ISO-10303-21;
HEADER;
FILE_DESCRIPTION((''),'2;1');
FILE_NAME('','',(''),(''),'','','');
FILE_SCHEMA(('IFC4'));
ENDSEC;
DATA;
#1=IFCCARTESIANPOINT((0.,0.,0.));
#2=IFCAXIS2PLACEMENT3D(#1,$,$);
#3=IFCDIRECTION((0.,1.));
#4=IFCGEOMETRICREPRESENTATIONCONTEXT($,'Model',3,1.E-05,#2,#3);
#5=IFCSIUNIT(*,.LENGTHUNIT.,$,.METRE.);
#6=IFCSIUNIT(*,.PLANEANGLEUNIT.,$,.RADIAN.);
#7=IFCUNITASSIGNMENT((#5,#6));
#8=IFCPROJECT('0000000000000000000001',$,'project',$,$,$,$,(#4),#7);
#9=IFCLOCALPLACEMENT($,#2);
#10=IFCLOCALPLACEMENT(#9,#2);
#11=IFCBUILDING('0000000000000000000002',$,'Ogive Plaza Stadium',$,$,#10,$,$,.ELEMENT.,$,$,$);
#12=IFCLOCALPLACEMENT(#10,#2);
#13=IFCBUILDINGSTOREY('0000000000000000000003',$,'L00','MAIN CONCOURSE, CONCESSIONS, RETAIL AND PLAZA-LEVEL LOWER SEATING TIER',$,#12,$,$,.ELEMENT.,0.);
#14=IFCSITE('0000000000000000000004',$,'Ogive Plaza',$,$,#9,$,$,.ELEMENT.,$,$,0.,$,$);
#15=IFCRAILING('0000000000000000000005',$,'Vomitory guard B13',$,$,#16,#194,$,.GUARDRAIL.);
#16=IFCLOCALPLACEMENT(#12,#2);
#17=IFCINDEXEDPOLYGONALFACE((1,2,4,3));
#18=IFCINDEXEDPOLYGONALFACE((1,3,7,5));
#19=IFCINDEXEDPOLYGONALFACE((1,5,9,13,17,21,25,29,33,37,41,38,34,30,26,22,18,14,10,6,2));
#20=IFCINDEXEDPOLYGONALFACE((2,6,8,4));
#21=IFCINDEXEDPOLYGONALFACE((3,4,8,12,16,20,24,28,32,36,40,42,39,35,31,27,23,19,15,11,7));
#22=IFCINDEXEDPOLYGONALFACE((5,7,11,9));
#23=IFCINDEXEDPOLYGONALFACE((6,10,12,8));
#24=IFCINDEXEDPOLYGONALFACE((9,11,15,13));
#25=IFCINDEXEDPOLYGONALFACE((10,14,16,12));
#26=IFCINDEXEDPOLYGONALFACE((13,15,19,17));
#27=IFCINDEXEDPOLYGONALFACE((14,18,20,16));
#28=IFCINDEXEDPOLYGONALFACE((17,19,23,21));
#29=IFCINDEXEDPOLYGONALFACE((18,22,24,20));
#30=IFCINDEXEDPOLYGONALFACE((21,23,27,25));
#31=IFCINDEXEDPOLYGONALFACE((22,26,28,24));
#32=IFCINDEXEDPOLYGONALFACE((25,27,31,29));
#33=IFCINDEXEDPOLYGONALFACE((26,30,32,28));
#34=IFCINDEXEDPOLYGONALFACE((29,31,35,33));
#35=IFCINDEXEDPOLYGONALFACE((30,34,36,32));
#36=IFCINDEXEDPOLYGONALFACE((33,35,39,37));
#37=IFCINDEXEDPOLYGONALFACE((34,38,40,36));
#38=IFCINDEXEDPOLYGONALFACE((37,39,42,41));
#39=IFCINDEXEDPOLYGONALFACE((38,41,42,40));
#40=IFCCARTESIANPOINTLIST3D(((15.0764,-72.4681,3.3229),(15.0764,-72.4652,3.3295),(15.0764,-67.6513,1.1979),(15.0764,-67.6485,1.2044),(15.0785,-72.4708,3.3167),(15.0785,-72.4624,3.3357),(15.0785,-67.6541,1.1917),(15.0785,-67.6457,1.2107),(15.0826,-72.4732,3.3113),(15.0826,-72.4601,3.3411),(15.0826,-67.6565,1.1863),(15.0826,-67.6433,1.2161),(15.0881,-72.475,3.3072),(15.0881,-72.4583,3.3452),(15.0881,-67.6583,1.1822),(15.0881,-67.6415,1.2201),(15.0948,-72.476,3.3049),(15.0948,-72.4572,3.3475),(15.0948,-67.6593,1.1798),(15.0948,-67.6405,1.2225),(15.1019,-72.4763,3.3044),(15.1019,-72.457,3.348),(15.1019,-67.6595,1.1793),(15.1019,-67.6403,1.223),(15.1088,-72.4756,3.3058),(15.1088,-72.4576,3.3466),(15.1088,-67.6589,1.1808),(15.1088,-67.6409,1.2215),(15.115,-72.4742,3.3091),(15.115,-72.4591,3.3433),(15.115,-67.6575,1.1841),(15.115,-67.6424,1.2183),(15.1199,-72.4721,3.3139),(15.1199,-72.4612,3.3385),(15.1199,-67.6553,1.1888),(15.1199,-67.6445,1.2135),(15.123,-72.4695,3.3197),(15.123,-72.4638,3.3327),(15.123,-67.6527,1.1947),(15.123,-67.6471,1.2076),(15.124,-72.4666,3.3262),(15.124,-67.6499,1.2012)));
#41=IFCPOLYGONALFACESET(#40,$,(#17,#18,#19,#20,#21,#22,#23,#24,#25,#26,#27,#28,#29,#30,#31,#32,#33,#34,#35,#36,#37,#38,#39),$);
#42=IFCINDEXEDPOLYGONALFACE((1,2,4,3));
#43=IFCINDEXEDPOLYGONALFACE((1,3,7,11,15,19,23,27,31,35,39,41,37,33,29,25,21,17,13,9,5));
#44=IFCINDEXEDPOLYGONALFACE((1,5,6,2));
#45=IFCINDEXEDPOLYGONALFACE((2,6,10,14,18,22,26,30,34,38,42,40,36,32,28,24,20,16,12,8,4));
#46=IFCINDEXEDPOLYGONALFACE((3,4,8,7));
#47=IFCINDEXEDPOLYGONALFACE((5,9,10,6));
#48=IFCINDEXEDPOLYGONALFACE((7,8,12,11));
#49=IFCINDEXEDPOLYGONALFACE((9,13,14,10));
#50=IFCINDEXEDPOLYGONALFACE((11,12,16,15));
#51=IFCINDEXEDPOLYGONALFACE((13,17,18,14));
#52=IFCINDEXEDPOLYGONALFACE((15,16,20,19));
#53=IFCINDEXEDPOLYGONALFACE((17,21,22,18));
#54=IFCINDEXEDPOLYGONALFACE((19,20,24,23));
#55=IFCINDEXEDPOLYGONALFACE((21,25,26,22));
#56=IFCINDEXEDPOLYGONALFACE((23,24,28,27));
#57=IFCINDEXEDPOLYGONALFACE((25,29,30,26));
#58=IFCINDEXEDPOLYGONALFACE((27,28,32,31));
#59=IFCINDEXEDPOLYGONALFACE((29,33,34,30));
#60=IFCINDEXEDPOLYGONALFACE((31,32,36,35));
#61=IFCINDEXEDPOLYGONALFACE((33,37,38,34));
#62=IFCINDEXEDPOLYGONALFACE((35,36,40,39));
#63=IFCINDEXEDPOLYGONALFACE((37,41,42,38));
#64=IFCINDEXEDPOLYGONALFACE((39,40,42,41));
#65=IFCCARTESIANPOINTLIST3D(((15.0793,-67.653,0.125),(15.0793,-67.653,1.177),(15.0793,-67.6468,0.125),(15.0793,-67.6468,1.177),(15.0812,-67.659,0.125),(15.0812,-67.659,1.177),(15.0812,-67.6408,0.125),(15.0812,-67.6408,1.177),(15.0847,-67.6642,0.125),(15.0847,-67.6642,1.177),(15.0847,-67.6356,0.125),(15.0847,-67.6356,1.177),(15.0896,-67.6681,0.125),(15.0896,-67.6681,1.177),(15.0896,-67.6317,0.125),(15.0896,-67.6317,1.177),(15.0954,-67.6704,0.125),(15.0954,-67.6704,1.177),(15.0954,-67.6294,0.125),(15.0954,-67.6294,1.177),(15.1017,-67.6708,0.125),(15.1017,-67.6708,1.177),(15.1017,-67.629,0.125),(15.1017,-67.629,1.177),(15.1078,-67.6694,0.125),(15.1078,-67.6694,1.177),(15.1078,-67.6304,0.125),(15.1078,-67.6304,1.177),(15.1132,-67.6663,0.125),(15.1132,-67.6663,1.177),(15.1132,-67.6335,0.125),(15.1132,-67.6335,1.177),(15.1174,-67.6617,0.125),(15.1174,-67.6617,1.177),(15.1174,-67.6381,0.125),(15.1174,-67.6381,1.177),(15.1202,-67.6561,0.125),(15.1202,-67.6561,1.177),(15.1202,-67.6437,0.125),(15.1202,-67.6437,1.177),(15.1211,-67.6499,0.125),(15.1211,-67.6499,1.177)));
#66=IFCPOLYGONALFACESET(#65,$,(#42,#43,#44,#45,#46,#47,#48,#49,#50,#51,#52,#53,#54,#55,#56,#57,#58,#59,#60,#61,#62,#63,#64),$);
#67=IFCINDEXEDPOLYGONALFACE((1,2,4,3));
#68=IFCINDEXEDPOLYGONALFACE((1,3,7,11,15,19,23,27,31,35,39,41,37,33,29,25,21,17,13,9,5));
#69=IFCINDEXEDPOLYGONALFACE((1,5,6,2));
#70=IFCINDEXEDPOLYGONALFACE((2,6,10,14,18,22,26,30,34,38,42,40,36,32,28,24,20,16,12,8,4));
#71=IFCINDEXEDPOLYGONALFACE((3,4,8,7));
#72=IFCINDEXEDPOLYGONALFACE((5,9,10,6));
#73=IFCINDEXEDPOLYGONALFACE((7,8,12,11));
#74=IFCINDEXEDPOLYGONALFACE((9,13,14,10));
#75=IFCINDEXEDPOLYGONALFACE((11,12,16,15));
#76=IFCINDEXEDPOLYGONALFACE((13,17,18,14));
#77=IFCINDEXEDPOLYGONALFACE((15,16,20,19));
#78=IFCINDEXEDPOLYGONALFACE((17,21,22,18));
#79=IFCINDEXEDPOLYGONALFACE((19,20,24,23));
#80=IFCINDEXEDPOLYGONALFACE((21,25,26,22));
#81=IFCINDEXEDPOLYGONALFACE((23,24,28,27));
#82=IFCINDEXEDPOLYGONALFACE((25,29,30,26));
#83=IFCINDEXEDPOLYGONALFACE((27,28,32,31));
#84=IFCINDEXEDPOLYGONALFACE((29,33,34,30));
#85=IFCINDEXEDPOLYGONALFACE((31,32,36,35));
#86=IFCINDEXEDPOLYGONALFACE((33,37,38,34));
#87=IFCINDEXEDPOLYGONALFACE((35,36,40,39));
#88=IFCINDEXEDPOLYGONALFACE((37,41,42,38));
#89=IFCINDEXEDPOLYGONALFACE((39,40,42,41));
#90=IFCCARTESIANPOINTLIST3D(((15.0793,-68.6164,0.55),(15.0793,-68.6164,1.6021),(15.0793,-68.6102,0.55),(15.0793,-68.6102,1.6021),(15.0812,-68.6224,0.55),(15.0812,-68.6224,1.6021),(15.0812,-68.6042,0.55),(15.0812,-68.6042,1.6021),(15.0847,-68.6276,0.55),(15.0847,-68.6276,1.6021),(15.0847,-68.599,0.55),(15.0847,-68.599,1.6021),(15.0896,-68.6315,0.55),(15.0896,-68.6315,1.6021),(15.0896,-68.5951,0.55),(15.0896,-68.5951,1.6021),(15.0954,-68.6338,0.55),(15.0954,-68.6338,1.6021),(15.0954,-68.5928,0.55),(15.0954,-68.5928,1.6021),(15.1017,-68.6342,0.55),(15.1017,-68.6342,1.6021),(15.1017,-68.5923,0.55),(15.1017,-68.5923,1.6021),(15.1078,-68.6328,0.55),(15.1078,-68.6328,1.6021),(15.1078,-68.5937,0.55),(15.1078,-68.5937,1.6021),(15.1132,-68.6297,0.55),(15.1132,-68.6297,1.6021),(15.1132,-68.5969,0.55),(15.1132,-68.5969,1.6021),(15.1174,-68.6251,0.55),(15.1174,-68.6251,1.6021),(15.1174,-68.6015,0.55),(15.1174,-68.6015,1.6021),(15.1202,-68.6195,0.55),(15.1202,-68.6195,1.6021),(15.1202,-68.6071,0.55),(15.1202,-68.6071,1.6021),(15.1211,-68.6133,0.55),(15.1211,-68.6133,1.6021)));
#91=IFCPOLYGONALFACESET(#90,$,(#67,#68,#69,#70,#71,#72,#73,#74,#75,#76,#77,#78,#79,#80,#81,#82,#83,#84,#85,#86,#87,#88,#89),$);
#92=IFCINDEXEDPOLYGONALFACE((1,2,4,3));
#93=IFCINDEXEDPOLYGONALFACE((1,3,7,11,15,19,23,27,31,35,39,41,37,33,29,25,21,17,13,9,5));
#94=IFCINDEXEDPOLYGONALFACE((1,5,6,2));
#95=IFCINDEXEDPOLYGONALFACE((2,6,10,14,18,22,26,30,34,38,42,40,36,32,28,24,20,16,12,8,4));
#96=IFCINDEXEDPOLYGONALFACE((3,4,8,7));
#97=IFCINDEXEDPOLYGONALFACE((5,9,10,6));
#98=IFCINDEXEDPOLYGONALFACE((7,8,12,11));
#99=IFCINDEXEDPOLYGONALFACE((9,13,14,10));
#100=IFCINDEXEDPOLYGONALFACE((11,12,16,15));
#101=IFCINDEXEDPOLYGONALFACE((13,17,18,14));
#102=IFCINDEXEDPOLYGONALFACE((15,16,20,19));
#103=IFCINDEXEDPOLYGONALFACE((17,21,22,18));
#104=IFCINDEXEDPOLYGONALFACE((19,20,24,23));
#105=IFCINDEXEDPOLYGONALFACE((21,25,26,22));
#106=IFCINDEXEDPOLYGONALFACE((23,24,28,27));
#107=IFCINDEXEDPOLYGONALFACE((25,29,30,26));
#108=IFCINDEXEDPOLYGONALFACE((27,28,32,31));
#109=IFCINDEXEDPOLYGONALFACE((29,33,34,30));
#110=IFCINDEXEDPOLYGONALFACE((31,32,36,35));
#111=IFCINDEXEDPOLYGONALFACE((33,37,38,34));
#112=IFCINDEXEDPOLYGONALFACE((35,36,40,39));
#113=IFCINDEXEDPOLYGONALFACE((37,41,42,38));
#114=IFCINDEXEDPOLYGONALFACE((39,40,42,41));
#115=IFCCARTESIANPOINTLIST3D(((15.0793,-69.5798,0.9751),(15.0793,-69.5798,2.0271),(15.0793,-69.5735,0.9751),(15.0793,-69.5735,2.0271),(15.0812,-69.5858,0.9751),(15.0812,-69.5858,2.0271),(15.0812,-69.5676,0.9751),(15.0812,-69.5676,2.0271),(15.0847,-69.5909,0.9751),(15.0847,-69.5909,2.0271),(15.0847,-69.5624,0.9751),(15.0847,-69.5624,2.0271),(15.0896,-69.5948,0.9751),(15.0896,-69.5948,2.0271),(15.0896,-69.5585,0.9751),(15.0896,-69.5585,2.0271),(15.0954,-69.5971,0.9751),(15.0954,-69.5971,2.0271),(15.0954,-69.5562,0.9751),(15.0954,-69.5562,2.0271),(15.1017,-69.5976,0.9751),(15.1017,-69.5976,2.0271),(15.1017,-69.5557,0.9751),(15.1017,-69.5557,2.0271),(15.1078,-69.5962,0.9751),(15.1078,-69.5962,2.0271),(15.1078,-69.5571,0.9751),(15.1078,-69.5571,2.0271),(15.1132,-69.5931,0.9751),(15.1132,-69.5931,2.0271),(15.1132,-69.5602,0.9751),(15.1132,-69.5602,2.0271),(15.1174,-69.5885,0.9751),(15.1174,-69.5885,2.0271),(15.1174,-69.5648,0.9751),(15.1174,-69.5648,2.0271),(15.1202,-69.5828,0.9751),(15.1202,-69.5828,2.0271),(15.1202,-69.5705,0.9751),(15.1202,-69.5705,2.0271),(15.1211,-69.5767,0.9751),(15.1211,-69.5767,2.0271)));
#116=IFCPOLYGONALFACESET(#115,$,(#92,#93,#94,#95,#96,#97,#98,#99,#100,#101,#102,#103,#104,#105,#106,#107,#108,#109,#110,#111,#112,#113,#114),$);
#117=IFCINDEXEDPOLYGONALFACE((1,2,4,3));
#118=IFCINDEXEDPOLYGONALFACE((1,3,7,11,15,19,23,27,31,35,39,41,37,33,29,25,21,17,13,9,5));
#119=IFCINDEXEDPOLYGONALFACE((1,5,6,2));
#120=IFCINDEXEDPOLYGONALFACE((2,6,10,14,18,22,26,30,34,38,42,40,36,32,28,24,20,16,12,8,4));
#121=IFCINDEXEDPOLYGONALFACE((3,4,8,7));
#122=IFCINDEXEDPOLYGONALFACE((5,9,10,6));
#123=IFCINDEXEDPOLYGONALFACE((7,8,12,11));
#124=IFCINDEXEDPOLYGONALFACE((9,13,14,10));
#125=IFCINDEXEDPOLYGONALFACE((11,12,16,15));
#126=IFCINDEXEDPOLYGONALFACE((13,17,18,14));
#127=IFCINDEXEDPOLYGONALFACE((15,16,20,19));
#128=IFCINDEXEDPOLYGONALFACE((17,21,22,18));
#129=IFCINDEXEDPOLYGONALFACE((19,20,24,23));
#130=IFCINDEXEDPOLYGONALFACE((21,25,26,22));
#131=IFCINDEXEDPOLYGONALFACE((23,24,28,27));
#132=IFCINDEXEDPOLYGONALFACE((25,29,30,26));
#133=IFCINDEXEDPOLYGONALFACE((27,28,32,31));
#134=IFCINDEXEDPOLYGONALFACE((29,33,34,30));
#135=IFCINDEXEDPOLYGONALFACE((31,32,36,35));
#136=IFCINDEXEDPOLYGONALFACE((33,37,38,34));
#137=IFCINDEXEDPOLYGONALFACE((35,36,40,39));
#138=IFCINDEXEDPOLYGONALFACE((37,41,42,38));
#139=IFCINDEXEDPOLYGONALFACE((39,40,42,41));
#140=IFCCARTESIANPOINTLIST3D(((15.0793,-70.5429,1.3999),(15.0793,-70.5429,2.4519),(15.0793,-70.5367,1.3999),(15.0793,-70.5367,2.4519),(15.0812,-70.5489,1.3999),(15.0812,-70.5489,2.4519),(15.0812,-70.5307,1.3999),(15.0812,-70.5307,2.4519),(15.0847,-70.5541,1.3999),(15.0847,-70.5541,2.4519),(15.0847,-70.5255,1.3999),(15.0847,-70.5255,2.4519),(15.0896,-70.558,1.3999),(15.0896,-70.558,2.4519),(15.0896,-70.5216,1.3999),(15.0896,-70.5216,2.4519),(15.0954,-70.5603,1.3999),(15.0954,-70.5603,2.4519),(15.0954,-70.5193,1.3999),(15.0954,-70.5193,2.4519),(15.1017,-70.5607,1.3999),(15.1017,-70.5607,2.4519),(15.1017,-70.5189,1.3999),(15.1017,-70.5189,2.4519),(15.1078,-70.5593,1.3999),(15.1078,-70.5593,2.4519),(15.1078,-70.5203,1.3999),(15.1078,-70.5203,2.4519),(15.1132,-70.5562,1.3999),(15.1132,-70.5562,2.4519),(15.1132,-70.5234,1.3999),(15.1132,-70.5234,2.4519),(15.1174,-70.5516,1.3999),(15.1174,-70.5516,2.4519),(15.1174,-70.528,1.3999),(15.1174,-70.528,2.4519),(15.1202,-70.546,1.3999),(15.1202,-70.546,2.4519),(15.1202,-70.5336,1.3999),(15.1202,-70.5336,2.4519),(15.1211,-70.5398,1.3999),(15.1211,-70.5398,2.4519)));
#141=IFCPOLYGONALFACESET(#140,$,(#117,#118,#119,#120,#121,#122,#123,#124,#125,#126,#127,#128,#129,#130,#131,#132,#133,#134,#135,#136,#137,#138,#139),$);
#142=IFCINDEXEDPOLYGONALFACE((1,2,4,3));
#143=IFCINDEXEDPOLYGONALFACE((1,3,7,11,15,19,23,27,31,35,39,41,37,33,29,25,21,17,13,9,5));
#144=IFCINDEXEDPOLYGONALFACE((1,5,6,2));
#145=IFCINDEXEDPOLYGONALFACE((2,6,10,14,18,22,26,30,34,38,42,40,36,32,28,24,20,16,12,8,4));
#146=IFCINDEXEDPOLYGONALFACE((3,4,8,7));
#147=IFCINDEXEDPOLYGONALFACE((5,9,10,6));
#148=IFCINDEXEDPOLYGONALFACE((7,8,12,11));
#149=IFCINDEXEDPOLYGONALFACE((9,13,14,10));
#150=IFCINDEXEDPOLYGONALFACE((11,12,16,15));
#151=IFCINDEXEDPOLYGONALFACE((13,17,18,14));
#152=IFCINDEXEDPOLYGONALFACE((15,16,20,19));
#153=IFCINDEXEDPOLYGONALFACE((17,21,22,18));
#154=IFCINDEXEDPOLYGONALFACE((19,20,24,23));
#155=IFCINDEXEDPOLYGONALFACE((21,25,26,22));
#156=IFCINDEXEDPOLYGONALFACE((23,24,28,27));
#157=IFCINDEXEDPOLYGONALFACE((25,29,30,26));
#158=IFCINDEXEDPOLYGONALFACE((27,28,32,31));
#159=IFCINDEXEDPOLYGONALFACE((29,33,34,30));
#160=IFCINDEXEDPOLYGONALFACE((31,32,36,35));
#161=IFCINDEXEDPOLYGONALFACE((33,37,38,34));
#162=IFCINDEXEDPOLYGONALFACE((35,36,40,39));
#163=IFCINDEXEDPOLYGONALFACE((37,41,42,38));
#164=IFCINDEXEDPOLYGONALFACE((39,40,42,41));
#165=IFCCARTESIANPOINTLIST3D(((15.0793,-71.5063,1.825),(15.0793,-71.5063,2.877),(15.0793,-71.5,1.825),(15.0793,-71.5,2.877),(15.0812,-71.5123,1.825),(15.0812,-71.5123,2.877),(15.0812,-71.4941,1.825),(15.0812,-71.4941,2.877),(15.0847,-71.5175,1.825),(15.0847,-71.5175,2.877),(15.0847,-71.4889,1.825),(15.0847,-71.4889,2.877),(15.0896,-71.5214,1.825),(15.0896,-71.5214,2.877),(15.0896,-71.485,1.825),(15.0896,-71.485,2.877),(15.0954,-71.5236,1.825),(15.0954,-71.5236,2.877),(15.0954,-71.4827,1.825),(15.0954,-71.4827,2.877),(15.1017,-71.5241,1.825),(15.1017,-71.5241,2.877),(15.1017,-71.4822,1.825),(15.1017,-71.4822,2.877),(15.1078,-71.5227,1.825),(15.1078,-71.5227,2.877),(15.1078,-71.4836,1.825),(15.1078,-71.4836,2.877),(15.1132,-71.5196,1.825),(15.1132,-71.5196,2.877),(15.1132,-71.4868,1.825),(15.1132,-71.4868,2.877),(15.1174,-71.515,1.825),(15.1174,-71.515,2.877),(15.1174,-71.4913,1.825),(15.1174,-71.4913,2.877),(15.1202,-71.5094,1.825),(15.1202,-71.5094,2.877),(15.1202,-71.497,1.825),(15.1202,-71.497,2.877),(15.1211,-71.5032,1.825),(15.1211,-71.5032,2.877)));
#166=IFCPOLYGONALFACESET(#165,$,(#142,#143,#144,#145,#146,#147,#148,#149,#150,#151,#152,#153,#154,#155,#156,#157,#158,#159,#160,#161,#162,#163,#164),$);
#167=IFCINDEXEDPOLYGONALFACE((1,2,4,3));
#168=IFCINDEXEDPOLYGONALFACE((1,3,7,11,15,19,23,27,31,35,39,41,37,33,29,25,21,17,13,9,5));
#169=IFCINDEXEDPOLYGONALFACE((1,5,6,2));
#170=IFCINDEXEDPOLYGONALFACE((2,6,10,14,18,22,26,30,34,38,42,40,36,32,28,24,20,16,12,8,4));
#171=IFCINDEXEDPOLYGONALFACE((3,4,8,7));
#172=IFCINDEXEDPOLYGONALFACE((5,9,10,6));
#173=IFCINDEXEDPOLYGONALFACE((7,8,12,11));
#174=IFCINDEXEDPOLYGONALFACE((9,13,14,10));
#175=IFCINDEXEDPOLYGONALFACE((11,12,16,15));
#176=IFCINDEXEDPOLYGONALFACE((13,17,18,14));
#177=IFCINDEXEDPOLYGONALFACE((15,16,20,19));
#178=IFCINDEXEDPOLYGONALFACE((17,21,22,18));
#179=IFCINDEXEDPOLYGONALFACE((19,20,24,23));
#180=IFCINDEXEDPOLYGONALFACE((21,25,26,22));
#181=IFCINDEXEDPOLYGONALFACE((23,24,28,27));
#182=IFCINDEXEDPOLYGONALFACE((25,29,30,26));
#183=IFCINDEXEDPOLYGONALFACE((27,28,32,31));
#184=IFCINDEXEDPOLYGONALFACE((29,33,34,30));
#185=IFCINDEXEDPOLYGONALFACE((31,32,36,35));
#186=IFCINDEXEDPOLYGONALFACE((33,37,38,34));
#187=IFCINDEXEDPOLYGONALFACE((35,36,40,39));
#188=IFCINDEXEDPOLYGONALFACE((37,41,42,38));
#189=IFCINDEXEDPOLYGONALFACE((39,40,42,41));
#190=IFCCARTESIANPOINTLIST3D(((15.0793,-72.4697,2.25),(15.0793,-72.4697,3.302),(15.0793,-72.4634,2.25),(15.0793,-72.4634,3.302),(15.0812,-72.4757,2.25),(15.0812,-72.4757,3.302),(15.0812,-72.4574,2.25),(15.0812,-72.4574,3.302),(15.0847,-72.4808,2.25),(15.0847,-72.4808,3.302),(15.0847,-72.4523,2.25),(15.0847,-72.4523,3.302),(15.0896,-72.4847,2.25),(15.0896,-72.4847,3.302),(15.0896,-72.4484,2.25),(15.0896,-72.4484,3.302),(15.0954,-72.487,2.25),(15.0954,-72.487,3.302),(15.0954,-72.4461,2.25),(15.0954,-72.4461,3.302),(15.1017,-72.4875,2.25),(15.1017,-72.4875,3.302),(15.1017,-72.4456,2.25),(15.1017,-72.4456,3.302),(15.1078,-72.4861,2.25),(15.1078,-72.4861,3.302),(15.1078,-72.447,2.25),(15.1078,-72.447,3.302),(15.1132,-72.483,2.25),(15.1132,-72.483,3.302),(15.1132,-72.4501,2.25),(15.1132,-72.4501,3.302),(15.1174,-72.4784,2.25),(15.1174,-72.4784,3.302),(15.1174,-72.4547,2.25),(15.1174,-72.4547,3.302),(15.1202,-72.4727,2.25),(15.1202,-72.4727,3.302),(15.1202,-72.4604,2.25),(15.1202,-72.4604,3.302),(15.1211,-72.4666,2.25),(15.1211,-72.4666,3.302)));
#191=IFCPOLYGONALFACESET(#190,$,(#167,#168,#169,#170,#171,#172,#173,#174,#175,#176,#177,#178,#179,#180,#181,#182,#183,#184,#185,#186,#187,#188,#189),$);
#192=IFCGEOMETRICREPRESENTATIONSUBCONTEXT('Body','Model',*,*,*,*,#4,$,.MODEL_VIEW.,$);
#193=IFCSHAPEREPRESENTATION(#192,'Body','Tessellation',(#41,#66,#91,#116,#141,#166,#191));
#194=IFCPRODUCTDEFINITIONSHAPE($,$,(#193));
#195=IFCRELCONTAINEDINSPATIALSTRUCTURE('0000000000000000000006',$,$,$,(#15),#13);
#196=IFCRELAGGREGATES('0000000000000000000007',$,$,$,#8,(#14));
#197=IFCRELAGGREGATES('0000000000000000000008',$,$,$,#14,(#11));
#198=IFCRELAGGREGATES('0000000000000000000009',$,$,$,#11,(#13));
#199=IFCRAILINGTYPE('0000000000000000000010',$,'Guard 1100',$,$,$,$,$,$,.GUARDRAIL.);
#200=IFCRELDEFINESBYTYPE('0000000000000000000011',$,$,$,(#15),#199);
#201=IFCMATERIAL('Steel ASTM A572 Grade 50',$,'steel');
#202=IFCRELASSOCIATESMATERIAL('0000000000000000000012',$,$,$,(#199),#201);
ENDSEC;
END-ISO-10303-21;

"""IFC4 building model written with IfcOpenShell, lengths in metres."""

from ifc_helpers import new_model, si_unit, direction, frame, origin, origin_2d, place, context, subcontext, project, spatial, circle, extrude, material, type_object, element, save


model = new_model("IFC4")

# Units and contexts
model_context = context("Model", 3, precision=1e-05, world=origin(), true_north=direction((0.0, 1.0)))
body_context = subcontext(model_context, "Body", "Model", "MODEL_VIEW")
ifc_project = project(units=[si_unit("LENGTHUNIT", "METRE"), si_unit("PLANEANGLEUNIT", "RADIAN")], contexts=[model_context])

# Site, building, storey
site_placement = place(None, origin())
site = spatial("IfcSite", under=ifc_project, at=site_placement, Name="Ogive Plaza", CompositionType="ELEMENT", RefElevation=0.0)
building_placement = place(site_placement, origin())
building = spatial("IfcBuilding", under=site, at=building_placement, Name="Ogive Plaza Stadium", CompositionType="ELEMENT")
storey_placement = place(building_placement, origin())
storey = spatial("IfcBuildingStorey", under=building, at=storey_placement, Name="L00", Description="MAIN CONCOURSE, CONCESSIONS, RETAIL AND PLAZA-LEVEL LOWER SEATING TIER", CompositionType="ELEMENT", Elevation=0.0)

# Railing
ifc_material_1 = material(Name="Steel ASTM A572 Grade 50", Category="steel")
railing_type = type_object("IfcRailingType", Name="Guard 1100", PredefinedType="GUARDRAIL", material=ifc_material_1)
for number, where, name in (
    (1, (15.1001, -67.6499, 0.125), "Vomitory guard B13"),
):
    element("IfcRailing", number, at=place(storey_placement, frame(where)), inside=storey, type_object=railing_type, Name=name, PredefinedType="GUARDRAIL", context=body_context, shape_type="SweptSolid", body=[
        extrude(circle(Radius=0.0239, at=origin_2d()), frame((0.0, 0.0, 1.0762), z_axis=(0.0, -0.914917, 0.403641), x_axis=(1.0, 0.0, 0.0)), (0.0, 0.0, 1.0), 5.2646),
        extrude(circle(Radius=0.021, at=origin_2d()), origin(), (0.0, 0.0, 1.0), 1.052),
        extrude(circle(Radius=0.021, at=origin_2d()), frame((0.0, -0.9634, 0.425)), (0.0, 0.0, 1.0), 1.052),
        extrude(circle(Radius=0.021, at=origin_2d()), frame((0.0, -1.9268, 0.8501)), (0.0, 0.0, 1.0), 1.052),
        extrude(circle(Radius=0.021, at=origin_2d()), frame((0.0, -2.8899, 1.2749)), (0.0, 0.0, 1.0), 1.052),
        extrude(circle(Radius=0.021, at=origin_2d()), frame((0.0, -3.8533, 1.7)), (0.0, 0.0, 1.0), 1.052),
        extrude(circle(Radius=0.021, at=origin_2d()), frame((0.0, -4.8167, 2.125)), (0.0, 0.0, 1.0), 1.052),
    ])

save(model, "model.ifc")
